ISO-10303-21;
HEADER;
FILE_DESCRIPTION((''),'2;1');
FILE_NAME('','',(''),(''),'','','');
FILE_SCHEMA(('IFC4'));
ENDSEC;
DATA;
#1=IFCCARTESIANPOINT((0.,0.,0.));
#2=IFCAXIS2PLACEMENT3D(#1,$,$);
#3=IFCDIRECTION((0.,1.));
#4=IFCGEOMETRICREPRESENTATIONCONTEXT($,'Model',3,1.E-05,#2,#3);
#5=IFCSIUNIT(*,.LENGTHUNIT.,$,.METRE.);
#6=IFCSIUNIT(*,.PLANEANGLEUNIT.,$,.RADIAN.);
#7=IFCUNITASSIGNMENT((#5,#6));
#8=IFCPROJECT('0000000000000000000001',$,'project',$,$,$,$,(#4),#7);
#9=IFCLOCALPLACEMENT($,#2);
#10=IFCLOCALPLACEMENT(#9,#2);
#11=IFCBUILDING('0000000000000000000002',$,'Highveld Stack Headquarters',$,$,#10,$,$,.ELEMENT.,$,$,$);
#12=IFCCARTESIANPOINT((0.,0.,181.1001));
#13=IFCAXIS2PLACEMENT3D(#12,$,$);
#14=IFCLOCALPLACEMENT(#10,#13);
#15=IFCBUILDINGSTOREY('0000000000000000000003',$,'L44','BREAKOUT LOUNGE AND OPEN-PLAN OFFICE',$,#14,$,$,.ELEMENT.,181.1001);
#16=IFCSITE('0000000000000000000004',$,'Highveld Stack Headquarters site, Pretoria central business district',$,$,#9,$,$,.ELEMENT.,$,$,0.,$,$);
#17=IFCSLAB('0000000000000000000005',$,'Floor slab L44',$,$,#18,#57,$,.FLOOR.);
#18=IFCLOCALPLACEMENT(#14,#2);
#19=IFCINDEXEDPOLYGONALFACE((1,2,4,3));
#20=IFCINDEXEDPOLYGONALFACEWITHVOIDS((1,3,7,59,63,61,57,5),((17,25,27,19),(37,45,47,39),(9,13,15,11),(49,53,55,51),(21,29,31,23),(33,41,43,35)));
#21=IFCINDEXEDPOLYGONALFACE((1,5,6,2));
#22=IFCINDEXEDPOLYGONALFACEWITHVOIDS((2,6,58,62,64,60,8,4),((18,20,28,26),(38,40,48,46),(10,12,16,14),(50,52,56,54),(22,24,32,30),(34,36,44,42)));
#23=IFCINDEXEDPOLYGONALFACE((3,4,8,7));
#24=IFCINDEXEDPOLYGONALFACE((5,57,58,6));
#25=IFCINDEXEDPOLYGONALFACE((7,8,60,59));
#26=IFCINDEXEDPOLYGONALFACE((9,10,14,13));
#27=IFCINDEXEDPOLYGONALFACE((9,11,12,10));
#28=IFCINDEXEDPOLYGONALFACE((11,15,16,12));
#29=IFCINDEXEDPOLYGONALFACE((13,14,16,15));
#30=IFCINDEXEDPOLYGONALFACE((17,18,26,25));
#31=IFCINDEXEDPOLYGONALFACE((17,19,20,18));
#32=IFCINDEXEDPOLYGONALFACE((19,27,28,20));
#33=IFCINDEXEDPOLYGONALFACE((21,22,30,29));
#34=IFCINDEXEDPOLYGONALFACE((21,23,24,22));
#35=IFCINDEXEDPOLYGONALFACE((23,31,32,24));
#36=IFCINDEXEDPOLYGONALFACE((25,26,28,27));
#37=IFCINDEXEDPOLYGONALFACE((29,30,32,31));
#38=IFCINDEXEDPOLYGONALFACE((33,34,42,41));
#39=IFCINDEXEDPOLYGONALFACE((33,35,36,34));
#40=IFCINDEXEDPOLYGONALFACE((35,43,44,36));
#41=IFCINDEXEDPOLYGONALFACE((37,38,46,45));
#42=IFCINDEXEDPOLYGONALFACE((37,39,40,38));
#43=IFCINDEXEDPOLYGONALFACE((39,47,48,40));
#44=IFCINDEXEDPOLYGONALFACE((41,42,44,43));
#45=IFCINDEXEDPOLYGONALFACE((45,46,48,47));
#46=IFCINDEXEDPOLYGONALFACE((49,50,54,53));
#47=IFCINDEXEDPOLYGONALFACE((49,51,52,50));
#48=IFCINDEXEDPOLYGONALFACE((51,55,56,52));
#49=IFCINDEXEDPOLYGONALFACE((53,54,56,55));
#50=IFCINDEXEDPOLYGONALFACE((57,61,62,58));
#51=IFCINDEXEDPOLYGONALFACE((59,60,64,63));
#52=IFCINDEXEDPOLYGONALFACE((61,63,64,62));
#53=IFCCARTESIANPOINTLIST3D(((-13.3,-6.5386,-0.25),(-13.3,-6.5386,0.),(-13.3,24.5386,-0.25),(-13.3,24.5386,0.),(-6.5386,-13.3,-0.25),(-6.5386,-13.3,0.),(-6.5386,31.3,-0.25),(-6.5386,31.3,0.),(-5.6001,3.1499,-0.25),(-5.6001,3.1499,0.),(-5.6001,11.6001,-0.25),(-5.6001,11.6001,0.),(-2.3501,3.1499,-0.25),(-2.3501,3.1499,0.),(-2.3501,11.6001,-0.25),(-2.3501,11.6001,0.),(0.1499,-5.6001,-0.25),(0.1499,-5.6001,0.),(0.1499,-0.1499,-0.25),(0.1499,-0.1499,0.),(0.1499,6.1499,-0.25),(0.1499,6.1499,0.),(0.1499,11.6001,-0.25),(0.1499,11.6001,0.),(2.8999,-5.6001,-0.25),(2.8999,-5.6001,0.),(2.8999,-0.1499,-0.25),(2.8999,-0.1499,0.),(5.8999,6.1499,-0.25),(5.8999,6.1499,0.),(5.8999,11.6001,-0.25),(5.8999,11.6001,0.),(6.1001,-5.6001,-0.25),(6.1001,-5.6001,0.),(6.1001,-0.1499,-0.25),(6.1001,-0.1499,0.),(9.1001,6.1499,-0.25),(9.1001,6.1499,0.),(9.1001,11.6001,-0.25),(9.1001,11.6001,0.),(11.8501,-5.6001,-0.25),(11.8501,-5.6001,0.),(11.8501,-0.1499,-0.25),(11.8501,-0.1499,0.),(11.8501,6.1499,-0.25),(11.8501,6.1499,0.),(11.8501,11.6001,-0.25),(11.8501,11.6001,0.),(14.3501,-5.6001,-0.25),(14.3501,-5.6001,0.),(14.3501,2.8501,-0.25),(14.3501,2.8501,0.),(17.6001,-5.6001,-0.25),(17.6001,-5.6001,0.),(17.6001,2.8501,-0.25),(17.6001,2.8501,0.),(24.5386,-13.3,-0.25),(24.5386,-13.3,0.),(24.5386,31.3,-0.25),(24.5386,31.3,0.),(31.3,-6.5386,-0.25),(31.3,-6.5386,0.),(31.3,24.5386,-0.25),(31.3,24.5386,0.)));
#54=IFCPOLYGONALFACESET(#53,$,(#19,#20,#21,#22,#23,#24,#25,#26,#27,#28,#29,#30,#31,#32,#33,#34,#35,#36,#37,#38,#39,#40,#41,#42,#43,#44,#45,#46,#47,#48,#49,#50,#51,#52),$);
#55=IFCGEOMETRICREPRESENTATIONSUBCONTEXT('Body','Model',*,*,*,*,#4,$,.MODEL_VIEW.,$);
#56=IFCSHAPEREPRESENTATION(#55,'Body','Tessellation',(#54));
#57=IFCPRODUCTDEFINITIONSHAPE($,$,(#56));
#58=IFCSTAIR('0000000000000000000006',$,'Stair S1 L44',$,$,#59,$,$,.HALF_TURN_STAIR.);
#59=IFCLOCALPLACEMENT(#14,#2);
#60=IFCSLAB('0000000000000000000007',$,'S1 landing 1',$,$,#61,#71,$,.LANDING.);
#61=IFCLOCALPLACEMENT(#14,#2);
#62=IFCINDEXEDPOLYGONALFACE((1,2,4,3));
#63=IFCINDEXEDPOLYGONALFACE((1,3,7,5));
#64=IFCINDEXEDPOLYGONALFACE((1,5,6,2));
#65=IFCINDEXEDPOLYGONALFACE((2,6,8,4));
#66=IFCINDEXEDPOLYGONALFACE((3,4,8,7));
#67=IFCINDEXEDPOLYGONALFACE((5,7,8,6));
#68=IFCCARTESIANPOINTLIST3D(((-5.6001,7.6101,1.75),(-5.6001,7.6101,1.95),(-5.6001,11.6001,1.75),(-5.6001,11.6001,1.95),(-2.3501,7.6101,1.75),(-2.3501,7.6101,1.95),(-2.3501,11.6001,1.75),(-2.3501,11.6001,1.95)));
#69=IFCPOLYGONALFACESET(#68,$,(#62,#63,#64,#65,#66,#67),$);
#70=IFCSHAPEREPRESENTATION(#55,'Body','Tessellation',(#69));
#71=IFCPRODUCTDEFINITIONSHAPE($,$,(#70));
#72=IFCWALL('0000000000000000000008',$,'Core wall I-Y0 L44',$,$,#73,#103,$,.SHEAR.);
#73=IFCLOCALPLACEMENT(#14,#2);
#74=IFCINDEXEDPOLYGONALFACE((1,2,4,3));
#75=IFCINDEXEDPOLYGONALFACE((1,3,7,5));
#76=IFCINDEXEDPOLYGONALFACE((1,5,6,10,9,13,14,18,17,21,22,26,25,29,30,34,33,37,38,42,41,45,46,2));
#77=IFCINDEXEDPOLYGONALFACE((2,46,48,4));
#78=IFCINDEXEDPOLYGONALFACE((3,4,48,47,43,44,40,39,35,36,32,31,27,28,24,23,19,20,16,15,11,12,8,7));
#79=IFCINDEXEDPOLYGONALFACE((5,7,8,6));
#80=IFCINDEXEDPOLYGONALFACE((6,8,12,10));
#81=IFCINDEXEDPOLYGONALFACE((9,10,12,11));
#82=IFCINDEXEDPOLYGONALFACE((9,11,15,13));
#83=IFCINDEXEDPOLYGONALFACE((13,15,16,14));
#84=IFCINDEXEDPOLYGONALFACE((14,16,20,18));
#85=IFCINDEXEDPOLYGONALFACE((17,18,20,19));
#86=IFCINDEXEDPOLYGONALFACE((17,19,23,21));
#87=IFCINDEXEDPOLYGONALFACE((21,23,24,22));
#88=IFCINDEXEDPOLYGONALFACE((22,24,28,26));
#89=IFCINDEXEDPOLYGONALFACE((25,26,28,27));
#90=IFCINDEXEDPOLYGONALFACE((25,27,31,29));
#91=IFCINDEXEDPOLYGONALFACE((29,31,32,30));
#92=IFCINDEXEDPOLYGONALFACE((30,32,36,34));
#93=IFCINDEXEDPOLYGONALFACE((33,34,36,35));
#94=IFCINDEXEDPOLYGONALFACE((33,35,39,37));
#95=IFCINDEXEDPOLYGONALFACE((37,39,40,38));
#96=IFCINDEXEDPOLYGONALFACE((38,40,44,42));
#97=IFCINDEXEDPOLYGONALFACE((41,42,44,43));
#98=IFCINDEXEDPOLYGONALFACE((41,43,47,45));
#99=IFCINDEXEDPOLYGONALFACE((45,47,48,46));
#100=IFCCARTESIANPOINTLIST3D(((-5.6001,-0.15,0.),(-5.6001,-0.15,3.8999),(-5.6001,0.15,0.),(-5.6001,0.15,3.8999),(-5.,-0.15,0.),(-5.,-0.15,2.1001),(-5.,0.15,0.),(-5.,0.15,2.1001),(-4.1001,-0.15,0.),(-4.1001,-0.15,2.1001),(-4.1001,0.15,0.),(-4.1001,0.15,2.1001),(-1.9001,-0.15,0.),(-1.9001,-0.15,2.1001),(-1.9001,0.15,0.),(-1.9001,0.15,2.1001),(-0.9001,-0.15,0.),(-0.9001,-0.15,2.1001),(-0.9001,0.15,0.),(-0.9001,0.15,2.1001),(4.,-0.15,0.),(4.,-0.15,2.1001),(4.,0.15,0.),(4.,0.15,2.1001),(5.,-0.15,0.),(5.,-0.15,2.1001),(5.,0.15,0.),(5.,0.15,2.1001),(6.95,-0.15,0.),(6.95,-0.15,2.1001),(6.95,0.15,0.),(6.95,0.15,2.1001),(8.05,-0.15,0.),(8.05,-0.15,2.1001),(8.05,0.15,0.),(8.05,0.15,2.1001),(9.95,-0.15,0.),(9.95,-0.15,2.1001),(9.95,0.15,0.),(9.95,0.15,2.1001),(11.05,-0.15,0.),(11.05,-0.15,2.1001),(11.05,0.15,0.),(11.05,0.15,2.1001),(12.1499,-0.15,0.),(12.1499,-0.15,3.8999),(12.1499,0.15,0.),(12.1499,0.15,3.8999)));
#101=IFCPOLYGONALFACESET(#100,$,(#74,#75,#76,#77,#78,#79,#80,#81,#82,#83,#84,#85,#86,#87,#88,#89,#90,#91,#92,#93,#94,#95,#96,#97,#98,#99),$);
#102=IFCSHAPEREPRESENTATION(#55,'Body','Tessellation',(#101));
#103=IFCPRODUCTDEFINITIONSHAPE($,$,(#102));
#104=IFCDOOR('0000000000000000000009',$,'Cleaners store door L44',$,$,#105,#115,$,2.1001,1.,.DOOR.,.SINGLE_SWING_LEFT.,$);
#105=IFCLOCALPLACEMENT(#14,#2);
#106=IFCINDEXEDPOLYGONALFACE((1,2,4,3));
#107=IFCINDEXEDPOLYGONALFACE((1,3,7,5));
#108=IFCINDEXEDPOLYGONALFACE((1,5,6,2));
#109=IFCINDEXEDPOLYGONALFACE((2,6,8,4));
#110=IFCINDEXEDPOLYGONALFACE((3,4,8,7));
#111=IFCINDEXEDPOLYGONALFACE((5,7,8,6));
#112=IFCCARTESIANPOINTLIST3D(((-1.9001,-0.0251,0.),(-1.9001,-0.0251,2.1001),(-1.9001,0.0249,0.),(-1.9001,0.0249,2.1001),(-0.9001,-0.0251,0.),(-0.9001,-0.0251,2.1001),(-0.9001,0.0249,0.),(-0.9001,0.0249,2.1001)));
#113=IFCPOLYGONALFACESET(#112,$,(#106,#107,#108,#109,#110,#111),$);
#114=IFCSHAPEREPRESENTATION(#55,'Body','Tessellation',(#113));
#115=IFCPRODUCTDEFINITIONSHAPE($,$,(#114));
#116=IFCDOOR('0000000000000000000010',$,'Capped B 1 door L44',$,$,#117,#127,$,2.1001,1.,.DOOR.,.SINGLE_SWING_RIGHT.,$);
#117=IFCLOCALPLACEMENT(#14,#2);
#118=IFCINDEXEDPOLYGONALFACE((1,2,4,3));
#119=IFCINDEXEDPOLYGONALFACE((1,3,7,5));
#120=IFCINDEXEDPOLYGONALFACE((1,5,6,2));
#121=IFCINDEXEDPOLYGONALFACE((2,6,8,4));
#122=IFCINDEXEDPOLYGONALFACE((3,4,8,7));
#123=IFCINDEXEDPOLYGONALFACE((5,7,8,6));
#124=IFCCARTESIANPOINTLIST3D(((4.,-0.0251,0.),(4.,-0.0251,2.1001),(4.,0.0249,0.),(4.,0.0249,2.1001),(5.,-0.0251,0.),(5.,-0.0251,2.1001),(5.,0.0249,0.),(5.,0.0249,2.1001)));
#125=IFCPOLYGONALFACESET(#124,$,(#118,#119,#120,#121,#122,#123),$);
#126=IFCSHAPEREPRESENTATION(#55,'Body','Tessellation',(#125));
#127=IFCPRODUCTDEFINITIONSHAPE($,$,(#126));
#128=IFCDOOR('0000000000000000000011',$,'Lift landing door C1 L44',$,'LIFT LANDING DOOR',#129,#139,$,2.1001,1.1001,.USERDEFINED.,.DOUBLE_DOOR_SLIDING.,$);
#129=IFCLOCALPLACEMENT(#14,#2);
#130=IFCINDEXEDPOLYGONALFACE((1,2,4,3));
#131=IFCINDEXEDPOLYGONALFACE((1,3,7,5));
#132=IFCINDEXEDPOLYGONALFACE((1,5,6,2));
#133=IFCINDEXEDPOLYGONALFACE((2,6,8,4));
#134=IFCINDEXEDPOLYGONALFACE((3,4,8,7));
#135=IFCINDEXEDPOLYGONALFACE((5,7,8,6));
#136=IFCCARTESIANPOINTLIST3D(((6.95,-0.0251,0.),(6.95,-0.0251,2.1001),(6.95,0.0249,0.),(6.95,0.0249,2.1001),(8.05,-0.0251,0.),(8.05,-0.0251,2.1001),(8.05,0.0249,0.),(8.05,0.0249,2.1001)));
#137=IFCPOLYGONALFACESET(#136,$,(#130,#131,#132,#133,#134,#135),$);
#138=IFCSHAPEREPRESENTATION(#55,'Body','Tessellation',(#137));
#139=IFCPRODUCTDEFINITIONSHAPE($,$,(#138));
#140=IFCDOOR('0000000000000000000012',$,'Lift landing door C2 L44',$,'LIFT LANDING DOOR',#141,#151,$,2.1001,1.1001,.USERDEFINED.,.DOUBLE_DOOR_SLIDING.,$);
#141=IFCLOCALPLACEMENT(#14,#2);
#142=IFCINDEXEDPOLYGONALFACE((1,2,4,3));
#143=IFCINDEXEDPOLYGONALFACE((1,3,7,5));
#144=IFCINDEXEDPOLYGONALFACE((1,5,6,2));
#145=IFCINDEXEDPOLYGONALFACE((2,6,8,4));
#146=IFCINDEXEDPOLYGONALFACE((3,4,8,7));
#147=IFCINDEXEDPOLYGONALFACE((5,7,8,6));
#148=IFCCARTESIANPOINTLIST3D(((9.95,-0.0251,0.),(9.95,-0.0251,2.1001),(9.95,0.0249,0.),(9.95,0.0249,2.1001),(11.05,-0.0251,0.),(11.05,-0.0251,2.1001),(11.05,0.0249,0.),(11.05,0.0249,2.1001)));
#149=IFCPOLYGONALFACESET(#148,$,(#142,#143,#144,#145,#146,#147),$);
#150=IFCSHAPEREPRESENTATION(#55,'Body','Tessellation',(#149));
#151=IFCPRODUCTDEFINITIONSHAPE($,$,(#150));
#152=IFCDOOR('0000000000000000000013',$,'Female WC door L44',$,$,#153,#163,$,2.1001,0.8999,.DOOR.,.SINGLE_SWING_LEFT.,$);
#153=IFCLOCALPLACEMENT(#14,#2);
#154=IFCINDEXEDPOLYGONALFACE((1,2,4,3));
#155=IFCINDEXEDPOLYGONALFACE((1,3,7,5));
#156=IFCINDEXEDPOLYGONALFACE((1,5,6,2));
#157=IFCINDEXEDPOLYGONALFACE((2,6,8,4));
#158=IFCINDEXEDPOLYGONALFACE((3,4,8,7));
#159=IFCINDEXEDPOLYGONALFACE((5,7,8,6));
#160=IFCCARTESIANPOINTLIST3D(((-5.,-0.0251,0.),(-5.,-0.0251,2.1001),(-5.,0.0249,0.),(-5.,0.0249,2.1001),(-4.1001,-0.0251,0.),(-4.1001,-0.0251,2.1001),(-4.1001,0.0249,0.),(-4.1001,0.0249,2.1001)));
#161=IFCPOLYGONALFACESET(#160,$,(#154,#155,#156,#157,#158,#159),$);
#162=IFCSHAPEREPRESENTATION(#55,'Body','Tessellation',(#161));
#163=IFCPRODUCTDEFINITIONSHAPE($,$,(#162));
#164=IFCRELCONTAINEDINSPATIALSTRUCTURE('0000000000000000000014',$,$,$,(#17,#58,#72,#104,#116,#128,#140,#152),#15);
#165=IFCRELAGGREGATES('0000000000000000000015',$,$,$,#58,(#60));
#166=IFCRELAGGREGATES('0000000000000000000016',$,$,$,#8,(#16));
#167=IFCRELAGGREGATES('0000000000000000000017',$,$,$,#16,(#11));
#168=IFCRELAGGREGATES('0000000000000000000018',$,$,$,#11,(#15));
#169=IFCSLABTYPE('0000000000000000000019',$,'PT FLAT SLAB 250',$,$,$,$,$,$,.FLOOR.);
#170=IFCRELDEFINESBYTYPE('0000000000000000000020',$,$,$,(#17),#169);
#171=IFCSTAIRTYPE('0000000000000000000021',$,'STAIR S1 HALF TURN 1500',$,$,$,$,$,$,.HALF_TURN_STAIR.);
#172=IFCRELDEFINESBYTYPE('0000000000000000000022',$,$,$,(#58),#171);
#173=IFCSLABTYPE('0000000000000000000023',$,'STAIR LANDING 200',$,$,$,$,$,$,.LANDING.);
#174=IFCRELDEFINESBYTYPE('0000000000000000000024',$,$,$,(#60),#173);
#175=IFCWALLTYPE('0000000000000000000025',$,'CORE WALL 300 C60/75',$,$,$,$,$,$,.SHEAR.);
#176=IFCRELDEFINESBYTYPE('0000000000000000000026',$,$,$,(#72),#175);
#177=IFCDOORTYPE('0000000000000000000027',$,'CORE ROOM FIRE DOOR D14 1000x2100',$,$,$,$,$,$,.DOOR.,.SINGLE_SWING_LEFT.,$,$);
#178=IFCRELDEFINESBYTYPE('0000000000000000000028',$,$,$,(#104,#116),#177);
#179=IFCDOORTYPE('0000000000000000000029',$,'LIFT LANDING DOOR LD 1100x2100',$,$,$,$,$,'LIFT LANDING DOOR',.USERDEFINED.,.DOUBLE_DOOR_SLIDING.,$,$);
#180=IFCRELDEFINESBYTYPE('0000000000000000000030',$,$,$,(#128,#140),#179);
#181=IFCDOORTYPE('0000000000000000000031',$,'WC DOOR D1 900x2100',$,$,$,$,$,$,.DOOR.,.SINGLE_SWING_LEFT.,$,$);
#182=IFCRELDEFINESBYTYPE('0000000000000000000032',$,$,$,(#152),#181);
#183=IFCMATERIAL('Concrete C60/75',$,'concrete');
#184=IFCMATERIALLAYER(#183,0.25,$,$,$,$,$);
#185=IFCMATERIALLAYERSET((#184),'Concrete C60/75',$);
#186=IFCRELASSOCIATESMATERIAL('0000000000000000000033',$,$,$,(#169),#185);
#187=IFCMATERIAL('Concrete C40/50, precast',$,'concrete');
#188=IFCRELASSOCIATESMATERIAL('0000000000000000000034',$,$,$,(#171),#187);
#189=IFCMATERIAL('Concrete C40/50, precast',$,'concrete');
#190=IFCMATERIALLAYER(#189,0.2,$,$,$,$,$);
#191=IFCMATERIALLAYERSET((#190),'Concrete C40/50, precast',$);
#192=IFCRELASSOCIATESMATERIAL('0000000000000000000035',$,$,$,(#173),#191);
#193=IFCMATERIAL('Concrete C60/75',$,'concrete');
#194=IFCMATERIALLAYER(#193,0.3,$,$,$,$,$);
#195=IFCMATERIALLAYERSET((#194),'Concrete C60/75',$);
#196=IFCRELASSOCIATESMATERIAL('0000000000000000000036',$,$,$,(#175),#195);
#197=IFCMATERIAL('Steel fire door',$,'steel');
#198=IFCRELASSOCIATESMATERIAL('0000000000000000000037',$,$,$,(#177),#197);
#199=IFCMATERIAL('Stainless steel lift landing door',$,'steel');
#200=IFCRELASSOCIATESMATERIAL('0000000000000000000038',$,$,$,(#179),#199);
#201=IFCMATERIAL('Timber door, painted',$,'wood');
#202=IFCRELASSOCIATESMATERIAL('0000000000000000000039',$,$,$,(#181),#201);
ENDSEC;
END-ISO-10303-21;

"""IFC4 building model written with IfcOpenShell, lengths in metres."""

from ifc_helpers import new_model, si_unit, direction, frame, frame_2d, origin, place, context, subcontext, project, spatial, polyline, rectangle, outline, extrude, material, layer, layer_set, type_object, element, fill, aggregate, save


model = new_model("IFC4")

# Units and contexts
model_context = context("Model", 3, precision=1e-05, world=origin(), true_north=direction((0.0, 1.0)))
body_context = subcontext(model_context, "Body", "Model", "MODEL_VIEW")
ifc_project = project(units=[si_unit("LENGTHUNIT", "METRE"), si_unit("PLANEANGLEUNIT", "RADIAN")], contexts=[model_context])

# Site, building, storey
site_placement = place(None, origin())
site = spatial("IfcSite", under=ifc_project, at=site_placement, Name="Highveld Stack Headquarters site, Pretoria central business district", CompositionType="ELEMENT", RefElevation=0.0)
building_placement = place(site_placement, origin())
building = spatial("IfcBuilding", under=site, at=building_placement, Name="Highveld Stack Headquarters", CompositionType="ELEMENT")
storey_placement = place(building_placement, frame((0.0, 0.0, 181.1001)))
storey = spatial("IfcBuildingStorey", under=building, at=storey_placement, Name="L44", Description="BREAKOUT LOUNGE AND OPEN-PLAN OFFICE", CompositionType="ELEMENT", Elevation=181.1001)

# Slab
ifc_material_1 = material(Name="Concrete C60/75", Category="concrete")
ifc_layer_1 = layer(ifc_material_1, 0.25)
ifc_layer_set_1 = layer_set([ifc_layer_1], Name="Concrete C60/75")
slab_type_1 = type_object("IfcSlabType", Name="PT FLAT SLAB 250", PredefinedType="FLOOR", material=ifc_layer_set_1)
slab_1_placement = place(storey_placement, frame((0.0, 0.0, -0.25)))
element("IfcSlab", 1, at=slab_1_placement, inside=storey, type_object=slab_type_1, Name="Floor slab L44", PredefinedType="FLOOR", context=body_context, shape_type="SweptSolid", body=[
    extrude(outline(polyline([(-6.5386, -13.3), (24.5386, -13.3), (31.3, -6.5386), (31.3, 24.5386), (24.5386, 31.3), (-6.5386, 31.3), (-13.3, 24.5386), (-13.3, -6.5386), (-6.5386, -13.3)]), holes=[polyline([(0.1499, 6.1499), (5.8999, 6.1499), (5.8999, 11.6001), (0.1499, 11.6001), (0.1499, 6.1499)]), polyline([(9.1001, 6.1499), (11.8501, 6.1499), (11.8501, 11.6001), (9.1001, 11.6001), (9.1001, 6.1499)]), polyline([(6.1001, -5.6001), (11.8501, -5.6001), (11.8501, -0.1499), (6.1001, -0.1499), (6.1001, -5.6001)]), polyline([(0.1499, -5.6001), (2.8999, -5.6001), (2.8999, -0.1499), (0.1499, -0.1499), (0.1499, -5.6001)]), polyline([(-5.6001, 3.1499), (-2.3501, 3.1499), (-2.3501, 11.6001), (-5.6001, 11.6001), (-5.6001, 3.1499)]), polyline([(14.3501, -5.6001), (17.6001, -5.6001), (17.6001, 2.8501), (14.3501, 2.8501), (14.3501, -5.6001)])]), origin(), (0.0, 0.0, 1.0), 0.25),
])

# Stair, slab
ifc_material_2 = material(Name="Concrete C40/50, precast", Category="concrete")
stair_type = type_object("IfcStairType", Name="STAIR S1 HALF TURN 1500", PredefinedType="HALF_TURN_STAIR", material=ifc_material_2)
stair_placement = place(storey_placement, origin())
stair = element("IfcStair", 2, at=stair_placement, inside=storey, type_object=stair_type, Name="Stair S1 L44", PredefinedType="HALF_TURN_STAIR")
ifc_material_3 = material(Name="Concrete C40/50, precast", Category="concrete")
ifc_layer_2 = layer(ifc_material_3, 0.2)
ifc_layer_set_2 = layer_set([ifc_layer_2], Name="Concrete C40/50, precast")
slab_type_2 = type_object("IfcSlabType", Name="STAIR LANDING 200", PredefinedType="LANDING", material=ifc_layer_set_2)
slab_2_placement = place(storey_placement, frame((0.0, 0.0, 1.75)))
slab_2 = element("IfcSlab", 3, at=slab_2_placement, type_object=slab_type_2, Name="S1 landing 1", PredefinedType="LANDING", context=body_context, shape_type="SweptSolid", body=[
    extrude(outline(polyline([(-5.6001, 7.6101), (-2.3501, 7.6101), (-2.3501, 11.6001), (-5.6001, 11.6001), (-5.6001, 7.6101)])), origin(), (0.0, 0.0, 1.0), 0.2),
])

# Wall, openings, doors
ifc_material_4 = material(Name="Concrete C60/75", Category="concrete")
ifc_layer_3 = layer(ifc_material_4, 0.3)
ifc_layer_set_3 = layer_set([ifc_layer_3], Name="Concrete C60/75")
wall_type = type_object("IfcWallType", Name="CORE WALL 300 C60/75", PredefinedType="SHEAR", material=ifc_layer_set_3)
wall_1_placement = place(storey_placement, frame((-5.6001, 0.0, 0.0), z_axis=(0.0, 0.0, 1.0), x_axis=(1.0, 0.0, 0.0)))
wall_1 = element("IfcWall", 4, at=wall_1_placement, inside=storey, type_object=wall_type, Name="Core wall I-Y0 L44", PredefinedType="SHEAR", context=body_context, shape_type="SweptSolid", body=[
    extrude(rectangle(XDim=17.75, YDim=0.3, at=frame_2d((8.875, 0.0))), origin(), (0.0, 0.0, 1.0), 3.8999),
])
opening_1_placement = place(wall_1_placement, frame((0.6001, 0.0, 0.0)))
opening_1 = element("IfcOpeningElement", 5, at=opening_1_placement, cuts=wall_1, PredefinedType="OPENING", context=body_context, shape_type="SweptSolid", body=[
    extrude(rectangle(XDim=0.8999, YDim=2.1001, at=frame_2d((0.45, 1.05))), frame((0.0, 0.1599, 0.0), z_axis=(0.0, -1.0, 0.0), x_axis=(1.0, 0.0, 0.0)), (0.0, 0.0, 1.0), 0.3201),
])
opening_2_placement = place(wall_1_placement, frame((3.7, 0.0, 0.0)))
opening_2 = element("IfcOpeningElement", 6, at=opening_2_placement, cuts=wall_1, PredefinedType="OPENING", context=body_context, shape_type="SweptSolid", body=[
    extrude(rectangle(XDim=1.0, YDim=2.1001, at=frame_2d((0.5, 1.05))), frame((0.0, 0.1599, 0.0), z_axis=(0.0, -1.0, 0.0), x_axis=(1.0, 0.0, 0.0)), (0.0, 0.0, 1.0), 0.3201),
])
opening_3_placement = place(wall_1_placement, frame((9.6001, 0.0, 0.0)))
opening_3 = element("IfcOpeningElement", 7, at=opening_3_placement, cuts=wall_1, PredefinedType="OPENING", context=body_context, shape_type="SweptSolid", body=[
    extrude(rectangle(XDim=1.0, YDim=2.1001, at=frame_2d((0.5, 1.05))), frame((0.0, 0.1599, 0.0), z_axis=(0.0, -1.0, 0.0), x_axis=(1.0, 0.0, 0.0)), (0.0, 0.0, 1.0), 0.3201),
])
opening_4_placement = place(wall_1_placement, frame((12.55, 0.0, 0.0)))
opening_4 = element("IfcOpeningElement", 8, at=opening_4_placement, cuts=wall_1, PredefinedType="OPENING", context=body_context, shape_type="SweptSolid", body=[
    extrude(rectangle(XDim=1.1001, YDim=2.1001, at=frame_2d((0.55, 1.05))), frame((0.0, 0.1599, 0.0), z_axis=(0.0, -1.0, 0.0), x_axis=(1.0, 0.0, 0.0)), (0.0, 0.0, 1.0), 0.3201),
])
opening_5_placement = place(wall_1_placement, frame((15.55, 0.0, 0.0)))
opening_5 = element("IfcOpeningElement", 9, at=opening_5_placement, cuts=wall_1, PredefinedType="OPENING", context=body_context, shape_type="SweptSolid", body=[
    extrude(rectangle(XDim=1.1001, YDim=2.1001, at=frame_2d((0.55, 1.05))), frame((0.0, 0.1599, 0.0), z_axis=(0.0, -1.0, 0.0), x_axis=(1.0, 0.0, 0.0)), (0.0, 0.0, 1.0), 0.3201),
])
ifc_material_5 = material(Name="Steel fire door", Category="steel")
door_type_1 = type_object("IfcDoorType", Name="CORE ROOM FIRE DOOR D14 1000x2100", OperationType="SINGLE_SWING_LEFT", PredefinedType="DOOR", material=ifc_material_5)
door_1_placement = place(opening_2_placement, origin())
door_1 = element("IfcDoor", 10, at=door_1_placement, inside=storey, type_object=door_type_1, Name="Cleaners store door L44", OperationType="SINGLE_SWING_LEFT", OverallHeight=2.1001, OverallWidth=1.0, PredefinedType="DOOR", context=body_context, shape_type="SweptSolid", body=[
    extrude(rectangle(XDim=1.0, YDim=2.1001, at=frame_2d((0.5, 1.05))), frame((0.0, 0.0249, 0.0), z_axis=(0.0, -1.0, 0.0), x_axis=(1.0, 0.0, 0.0)), (0.0, 0.0, 1.0), 0.05),
])
fill(opening_2, door_1)
door_2_placement = place(opening_3_placement, origin())
door_2 = element("IfcDoor", 11, at=door_2_placement, inside=storey, type_object=door_type_1, Name="Capped B 1 door L44", OperationType="SINGLE_SWING_RIGHT", OverallHeight=2.1001, OverallWidth=1.0, PredefinedType="DOOR", context=body_context, shape_type="SweptSolid", body=[
    extrude(rectangle(XDim=1.0, YDim=2.1001, at=frame_2d((0.5, 1.05))), frame((0.0, 0.0249, 0.0), z_axis=(0.0, -1.0, 0.0), x_axis=(1.0, 0.0, 0.0)), (0.0, 0.0, 1.0), 0.05),
])
fill(opening_3, door_2)
ifc_material_6 = material(Name="Stainless steel lift landing door", Category="steel")
door_type_2 = type_object("IfcDoorType", Name="LIFT LANDING DOOR LD 1100x2100", ElementType="LIFT LANDING DOOR", OperationType="DOUBLE_DOOR_SLIDING", PredefinedType="USERDEFINED", material=ifc_material_6)
door_3_placement = place(opening_4_placement, origin())
door_3 = element("IfcDoor", 12, at=door_3_placement, inside=storey, type_object=door_type_2, Name="Lift landing door C1 L44", ObjectType="LIFT LANDING DOOR", OperationType="DOUBLE_DOOR_SLIDING", OverallHeight=2.1001, OverallWidth=1.1001, PredefinedType="USERDEFINED", context=body_context, shape_type="SweptSolid", body=[
    extrude(rectangle(XDim=1.1001, YDim=2.1001, at=frame_2d((0.55, 1.05))), frame((0.0, 0.0249, 0.0), z_axis=(0.0, -1.0, 0.0), x_axis=(1.0, 0.0, 0.0)), (0.0, 0.0, 1.0), 0.05),
])
fill(opening_4, door_3)
door_4_placement = place(opening_5_placement, origin())
door_4 = element("IfcDoor", 13, at=door_4_placement, inside=storey, type_object=door_type_2, Name="Lift landing door C2 L44", ObjectType="LIFT LANDING DOOR", OperationType="DOUBLE_DOOR_SLIDING", OverallHeight=2.1001, OverallWidth=1.1001, PredefinedType="USERDEFINED", context=body_context, shape_type="SweptSolid", body=[
    extrude(rectangle(XDim=1.1001, YDim=2.1001, at=frame_2d((0.55, 1.05))), frame((0.0, 0.0249, 0.0), z_axis=(0.0, -1.0, 0.0), x_axis=(1.0, 0.0, 0.0)), (0.0, 0.0, 1.0), 0.05),
])
fill(opening_5, door_4)
ifc_material_7 = material(Name="Timber door, painted", Category="wood")
door_type_3 = type_object("IfcDoorType", Name="WC DOOR D1 900x2100", OperationType="SINGLE_SWING_LEFT", PredefinedType="DOOR", material=ifc_material_7)
door_5_placement = place(opening_1_placement, origin())
door_5 = element("IfcDoor", 14, at=door_5_placement, inside=storey, type_object=door_type_3, Name="Female WC door L44", OperationType="SINGLE_SWING_LEFT", OverallHeight=2.1001, OverallWidth=0.8999, PredefinedType="DOOR", context=body_context, shape_type="SweptSolid", body=[
    extrude(rectangle(XDim=0.8999, YDim=2.1001, at=frame_2d((0.45, 1.05))), frame((0.0, 0.0249, 0.0), z_axis=(0.0, -1.0, 0.0), x_axis=(1.0, 0.0, 0.0)), (0.0, 0.0, 1.0), 0.05),
])
fill(opening_1, door_5)

aggregate(stair, [slab_2])

save(model, "model.ifc")
